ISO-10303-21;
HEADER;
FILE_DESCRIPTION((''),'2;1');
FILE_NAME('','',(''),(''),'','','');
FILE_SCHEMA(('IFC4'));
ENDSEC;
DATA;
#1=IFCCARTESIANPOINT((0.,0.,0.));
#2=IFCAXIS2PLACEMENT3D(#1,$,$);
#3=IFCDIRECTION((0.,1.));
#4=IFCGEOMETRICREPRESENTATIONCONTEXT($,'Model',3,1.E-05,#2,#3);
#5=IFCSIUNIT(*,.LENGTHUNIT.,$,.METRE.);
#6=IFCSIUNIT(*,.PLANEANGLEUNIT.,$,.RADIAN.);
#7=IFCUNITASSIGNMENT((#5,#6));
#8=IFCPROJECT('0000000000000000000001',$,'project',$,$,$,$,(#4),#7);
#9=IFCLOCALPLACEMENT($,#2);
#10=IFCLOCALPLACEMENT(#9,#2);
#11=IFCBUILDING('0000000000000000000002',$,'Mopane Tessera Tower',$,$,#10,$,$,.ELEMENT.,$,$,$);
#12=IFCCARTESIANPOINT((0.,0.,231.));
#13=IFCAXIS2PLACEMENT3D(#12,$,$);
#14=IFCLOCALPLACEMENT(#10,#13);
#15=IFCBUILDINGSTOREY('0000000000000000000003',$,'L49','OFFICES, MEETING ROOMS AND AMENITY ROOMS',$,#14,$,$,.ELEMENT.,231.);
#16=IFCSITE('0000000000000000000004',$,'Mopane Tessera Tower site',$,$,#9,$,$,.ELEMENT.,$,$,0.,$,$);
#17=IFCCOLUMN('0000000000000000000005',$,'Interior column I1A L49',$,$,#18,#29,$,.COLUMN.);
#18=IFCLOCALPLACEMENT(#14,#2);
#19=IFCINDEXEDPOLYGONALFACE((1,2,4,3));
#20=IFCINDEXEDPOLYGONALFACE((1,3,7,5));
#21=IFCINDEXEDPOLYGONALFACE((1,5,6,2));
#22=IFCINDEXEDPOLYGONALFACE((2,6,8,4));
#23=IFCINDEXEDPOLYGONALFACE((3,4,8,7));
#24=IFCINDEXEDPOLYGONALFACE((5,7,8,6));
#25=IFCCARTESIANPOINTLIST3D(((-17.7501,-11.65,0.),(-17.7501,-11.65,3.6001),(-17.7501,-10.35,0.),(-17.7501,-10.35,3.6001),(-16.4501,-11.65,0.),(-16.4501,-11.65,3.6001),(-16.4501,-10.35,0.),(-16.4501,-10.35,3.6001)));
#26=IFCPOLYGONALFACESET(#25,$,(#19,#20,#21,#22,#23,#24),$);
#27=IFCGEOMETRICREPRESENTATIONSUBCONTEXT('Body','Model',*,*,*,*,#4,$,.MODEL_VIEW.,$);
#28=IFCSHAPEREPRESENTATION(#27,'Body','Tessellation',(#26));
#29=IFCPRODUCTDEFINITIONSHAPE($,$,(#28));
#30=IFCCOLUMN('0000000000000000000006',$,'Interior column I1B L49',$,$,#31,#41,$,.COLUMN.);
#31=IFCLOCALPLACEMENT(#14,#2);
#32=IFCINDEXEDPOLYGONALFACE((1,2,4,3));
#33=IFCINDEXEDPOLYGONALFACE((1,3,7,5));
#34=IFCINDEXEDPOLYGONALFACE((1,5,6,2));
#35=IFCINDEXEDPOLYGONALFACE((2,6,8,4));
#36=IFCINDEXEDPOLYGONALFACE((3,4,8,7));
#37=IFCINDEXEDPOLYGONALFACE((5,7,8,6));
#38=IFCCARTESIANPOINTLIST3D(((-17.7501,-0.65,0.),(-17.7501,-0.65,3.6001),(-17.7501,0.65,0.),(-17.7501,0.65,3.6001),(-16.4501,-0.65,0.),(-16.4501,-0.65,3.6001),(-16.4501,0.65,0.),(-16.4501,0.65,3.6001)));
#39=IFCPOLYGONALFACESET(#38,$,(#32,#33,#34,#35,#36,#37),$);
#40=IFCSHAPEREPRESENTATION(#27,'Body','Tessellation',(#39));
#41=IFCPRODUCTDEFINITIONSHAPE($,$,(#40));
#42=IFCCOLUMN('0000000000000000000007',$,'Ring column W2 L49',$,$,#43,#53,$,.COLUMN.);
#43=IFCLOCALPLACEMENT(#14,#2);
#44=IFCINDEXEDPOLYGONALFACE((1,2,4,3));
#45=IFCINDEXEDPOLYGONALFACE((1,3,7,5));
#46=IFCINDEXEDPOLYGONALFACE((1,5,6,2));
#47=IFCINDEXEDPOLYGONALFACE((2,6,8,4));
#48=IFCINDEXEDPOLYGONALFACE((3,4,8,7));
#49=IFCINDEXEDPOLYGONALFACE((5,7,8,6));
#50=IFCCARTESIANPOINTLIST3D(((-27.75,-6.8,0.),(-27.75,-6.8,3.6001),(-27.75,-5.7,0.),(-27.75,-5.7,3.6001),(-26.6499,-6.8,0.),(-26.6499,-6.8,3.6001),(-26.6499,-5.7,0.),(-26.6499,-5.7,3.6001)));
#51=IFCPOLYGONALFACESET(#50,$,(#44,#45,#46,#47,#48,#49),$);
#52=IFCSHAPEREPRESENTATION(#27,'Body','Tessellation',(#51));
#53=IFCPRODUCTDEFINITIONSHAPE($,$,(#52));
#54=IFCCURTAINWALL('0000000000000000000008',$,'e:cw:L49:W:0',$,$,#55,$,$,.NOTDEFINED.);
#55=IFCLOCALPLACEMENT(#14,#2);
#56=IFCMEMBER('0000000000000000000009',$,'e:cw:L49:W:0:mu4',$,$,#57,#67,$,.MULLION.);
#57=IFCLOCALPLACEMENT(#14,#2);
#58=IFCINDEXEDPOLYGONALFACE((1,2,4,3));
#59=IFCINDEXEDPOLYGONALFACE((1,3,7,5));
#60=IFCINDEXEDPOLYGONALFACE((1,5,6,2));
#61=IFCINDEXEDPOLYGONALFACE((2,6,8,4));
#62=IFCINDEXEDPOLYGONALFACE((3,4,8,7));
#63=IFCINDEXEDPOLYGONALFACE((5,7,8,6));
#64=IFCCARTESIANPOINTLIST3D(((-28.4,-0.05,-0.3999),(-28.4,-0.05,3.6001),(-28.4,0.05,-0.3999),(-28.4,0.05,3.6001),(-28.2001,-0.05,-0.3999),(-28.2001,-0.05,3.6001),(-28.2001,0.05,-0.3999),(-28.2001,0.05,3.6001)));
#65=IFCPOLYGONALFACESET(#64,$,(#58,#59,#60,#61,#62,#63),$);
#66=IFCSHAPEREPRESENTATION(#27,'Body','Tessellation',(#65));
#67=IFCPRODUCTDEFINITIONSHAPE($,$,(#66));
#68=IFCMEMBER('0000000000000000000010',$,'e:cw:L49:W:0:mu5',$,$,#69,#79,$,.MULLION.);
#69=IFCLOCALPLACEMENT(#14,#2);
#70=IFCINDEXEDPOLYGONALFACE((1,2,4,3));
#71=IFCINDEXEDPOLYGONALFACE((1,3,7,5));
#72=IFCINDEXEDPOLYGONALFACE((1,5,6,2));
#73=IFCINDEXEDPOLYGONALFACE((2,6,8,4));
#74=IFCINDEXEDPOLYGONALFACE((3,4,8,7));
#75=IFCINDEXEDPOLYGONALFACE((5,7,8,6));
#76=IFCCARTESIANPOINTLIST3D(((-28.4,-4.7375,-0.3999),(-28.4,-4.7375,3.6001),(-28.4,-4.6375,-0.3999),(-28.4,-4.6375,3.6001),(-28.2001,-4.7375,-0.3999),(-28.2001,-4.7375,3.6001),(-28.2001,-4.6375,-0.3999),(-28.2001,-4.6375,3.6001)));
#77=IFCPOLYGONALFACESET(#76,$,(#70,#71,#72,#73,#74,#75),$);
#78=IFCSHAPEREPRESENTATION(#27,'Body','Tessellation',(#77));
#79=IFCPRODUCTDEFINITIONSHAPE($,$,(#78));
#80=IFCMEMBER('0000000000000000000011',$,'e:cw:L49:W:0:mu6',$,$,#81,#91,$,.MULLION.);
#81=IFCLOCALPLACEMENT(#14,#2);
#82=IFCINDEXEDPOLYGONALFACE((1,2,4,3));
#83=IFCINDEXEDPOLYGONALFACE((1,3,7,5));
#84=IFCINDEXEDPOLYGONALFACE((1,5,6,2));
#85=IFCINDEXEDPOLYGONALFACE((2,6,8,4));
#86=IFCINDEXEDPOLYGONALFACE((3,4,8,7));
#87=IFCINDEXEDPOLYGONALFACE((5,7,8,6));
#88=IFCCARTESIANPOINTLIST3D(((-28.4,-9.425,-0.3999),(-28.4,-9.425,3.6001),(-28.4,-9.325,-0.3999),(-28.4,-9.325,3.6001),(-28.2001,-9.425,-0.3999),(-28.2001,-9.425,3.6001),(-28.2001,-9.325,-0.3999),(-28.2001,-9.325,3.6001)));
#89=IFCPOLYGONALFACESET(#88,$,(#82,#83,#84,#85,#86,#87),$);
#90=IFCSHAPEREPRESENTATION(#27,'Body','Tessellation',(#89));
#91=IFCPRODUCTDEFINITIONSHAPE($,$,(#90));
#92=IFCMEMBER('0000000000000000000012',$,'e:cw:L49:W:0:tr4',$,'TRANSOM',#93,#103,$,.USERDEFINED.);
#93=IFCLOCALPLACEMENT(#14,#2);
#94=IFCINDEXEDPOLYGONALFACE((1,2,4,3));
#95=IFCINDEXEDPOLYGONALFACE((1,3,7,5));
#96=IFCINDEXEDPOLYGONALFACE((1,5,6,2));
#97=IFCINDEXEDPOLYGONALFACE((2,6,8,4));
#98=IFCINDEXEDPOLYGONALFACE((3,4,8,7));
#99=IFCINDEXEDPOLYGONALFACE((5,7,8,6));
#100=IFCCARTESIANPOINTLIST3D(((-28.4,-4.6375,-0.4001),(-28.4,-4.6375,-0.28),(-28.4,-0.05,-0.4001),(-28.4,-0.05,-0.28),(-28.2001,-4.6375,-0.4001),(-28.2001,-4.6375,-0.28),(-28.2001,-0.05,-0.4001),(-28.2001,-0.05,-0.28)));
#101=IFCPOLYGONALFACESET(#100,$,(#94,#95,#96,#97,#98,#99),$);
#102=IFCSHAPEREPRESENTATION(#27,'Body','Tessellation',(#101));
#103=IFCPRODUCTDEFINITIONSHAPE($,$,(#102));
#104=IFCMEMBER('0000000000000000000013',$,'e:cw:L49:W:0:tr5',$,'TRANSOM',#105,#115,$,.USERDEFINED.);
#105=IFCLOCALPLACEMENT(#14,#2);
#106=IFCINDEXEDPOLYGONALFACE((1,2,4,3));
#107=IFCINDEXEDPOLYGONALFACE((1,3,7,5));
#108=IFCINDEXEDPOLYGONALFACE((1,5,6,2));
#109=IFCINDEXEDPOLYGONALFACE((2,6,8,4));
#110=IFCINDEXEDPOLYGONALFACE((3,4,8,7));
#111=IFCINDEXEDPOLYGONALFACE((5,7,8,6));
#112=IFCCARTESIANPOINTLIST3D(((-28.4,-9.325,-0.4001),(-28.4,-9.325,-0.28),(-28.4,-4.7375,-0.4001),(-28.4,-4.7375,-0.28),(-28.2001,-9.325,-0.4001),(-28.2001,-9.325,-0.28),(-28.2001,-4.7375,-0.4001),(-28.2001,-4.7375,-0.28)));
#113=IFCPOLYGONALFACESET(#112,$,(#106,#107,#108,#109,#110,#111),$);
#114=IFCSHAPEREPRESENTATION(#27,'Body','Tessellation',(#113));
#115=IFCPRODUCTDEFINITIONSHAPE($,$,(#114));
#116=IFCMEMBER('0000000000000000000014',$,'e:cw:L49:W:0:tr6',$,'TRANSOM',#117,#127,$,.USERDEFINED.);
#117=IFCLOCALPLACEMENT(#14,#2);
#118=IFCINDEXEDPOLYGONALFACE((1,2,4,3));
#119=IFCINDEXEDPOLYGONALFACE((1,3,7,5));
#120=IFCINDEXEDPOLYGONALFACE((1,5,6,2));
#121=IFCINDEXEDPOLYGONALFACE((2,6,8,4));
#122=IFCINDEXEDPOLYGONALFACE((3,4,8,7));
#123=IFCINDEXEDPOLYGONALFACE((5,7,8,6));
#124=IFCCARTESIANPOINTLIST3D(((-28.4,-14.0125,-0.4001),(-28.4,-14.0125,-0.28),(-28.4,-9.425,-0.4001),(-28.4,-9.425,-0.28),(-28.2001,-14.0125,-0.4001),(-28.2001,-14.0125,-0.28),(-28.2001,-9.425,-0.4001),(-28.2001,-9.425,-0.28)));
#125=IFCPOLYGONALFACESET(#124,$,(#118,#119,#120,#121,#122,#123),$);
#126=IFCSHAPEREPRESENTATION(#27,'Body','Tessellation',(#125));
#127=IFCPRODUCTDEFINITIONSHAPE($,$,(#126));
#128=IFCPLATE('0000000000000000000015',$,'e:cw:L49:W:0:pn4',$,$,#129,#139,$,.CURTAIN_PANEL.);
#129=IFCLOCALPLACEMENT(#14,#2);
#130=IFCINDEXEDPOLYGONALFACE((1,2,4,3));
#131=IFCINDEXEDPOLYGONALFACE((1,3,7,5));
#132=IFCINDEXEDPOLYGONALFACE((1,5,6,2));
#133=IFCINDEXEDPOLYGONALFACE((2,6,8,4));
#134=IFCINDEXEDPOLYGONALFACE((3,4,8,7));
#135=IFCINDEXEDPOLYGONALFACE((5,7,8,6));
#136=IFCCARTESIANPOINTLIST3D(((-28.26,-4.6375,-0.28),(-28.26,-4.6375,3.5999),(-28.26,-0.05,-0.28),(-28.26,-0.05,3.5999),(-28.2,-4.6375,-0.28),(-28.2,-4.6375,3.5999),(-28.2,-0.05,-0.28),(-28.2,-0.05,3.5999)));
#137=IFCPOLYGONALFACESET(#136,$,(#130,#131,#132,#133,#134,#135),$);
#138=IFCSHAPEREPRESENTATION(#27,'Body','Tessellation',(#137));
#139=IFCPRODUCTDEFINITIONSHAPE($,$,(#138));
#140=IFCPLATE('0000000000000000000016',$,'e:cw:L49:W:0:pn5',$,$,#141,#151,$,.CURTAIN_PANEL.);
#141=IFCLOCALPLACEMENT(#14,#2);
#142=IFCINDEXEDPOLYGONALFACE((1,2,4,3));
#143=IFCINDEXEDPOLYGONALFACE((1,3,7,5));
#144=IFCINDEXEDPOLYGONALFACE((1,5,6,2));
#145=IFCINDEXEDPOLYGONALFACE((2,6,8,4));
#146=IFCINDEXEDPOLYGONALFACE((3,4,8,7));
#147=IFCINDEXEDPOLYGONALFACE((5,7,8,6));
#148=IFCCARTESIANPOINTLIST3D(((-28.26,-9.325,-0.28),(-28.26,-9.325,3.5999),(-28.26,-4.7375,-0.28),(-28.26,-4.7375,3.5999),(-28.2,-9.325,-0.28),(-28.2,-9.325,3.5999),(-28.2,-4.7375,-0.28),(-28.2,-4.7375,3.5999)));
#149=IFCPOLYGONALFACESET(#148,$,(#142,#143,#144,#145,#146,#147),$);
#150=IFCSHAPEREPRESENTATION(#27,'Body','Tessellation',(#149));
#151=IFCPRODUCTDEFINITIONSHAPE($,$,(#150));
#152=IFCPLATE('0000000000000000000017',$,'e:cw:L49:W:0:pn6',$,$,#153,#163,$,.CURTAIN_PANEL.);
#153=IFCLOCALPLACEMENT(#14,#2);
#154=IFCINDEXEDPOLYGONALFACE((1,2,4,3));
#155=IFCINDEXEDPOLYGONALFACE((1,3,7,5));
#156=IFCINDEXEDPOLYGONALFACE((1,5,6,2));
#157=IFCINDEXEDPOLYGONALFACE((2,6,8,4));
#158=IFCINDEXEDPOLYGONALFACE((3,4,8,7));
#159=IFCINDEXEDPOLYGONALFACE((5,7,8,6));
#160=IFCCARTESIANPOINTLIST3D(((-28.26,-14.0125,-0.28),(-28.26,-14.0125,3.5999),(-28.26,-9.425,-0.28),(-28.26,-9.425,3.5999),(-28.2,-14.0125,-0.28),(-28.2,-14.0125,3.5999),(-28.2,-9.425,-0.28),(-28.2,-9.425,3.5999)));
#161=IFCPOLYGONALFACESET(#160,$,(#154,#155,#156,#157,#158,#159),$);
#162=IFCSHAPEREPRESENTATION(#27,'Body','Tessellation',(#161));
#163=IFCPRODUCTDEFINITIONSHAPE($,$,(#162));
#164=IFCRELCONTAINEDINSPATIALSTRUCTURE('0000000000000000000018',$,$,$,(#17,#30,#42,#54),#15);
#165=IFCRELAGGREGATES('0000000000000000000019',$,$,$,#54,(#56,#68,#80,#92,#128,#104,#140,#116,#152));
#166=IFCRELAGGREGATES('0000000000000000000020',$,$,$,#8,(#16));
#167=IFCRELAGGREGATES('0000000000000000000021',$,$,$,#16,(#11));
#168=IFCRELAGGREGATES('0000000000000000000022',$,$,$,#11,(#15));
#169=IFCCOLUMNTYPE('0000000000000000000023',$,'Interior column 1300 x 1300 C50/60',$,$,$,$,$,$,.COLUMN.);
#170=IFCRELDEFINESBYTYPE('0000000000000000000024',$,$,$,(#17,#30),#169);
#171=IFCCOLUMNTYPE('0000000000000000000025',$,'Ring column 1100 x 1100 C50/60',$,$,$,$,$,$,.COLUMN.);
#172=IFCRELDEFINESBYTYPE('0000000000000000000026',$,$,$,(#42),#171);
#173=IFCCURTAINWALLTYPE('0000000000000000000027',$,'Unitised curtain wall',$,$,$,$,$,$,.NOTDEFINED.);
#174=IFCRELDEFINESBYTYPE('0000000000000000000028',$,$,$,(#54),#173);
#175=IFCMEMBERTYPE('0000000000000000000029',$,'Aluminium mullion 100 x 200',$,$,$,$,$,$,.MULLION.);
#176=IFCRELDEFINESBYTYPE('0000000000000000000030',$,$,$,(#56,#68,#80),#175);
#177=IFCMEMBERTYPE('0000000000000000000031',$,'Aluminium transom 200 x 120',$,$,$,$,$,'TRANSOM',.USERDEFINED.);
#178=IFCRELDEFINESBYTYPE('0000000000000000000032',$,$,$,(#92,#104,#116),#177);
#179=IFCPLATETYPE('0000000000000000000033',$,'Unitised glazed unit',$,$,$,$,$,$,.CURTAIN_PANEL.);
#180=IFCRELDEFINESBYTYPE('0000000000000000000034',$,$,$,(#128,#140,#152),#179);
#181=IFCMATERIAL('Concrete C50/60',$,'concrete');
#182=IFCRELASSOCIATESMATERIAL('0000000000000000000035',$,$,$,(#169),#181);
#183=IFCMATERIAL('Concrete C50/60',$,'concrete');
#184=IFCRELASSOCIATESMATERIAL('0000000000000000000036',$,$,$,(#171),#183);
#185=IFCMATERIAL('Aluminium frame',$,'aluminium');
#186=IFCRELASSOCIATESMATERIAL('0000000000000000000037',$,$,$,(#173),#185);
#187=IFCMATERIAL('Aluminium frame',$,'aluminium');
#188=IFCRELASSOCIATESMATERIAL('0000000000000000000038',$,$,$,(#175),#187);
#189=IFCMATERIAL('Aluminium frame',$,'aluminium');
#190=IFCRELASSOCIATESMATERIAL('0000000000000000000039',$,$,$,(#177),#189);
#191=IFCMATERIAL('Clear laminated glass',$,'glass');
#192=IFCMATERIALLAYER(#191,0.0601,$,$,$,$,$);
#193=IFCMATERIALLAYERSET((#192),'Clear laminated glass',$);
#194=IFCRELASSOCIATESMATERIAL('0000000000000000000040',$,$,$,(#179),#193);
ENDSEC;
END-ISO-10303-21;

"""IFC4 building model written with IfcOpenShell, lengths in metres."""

from ifc_helpers import new_model, si_unit, direction, frame, origin, origin_2d, place, context, subcontext, project, spatial, rectangle, extrude, material, layer, layer_set, material_profile, profile_set, type_object, element, aggregate, save


model = new_model("IFC4")

# Units and contexts
model_context = context("Model", 3, precision=1e-05, world=origin(), true_north=direction((0.0, 1.0)))
body_context = subcontext(model_context, "Body", "Model", "MODEL_VIEW")
ifc_project = project(units=[si_unit("LENGTHUNIT", "METRE"), si_unit("PLANEANGLEUNIT", "RADIAN")], contexts=[model_context])

# Site, building, storey
site_placement = place(None, origin())
site = spatial("IfcSite", under=ifc_project, at=site_placement, Name="Mopane Tessera Tower site", CompositionType="ELEMENT", RefElevation=0.0)
building_placement = place(site_placement, origin())
building = spatial("IfcBuilding", under=site, at=building_placement, Name="Mopane Tessera Tower", CompositionType="ELEMENT")
storey_placement = place(building_placement, frame((0.0, 0.0, 231.0)))
storey = spatial("IfcBuildingStorey", under=building, at=storey_placement, Name="L49", Description="OFFICES, MEETING ROOMS AND AMENITY ROOMS", CompositionType="ELEMENT", Elevation=231.0)

# Columns
ifc_material_1 = material(Name="Concrete C50/60", Category="concrete")
ifc_material_profile_1 = material_profile(ifc_material_1, rectangle(XDim=1.3, YDim=1.3, at=origin_2d()))
ifc_profile_set_1 = profile_set([ifc_material_profile_1], Name="Concrete C50/60")
column_type_1 = type_object("IfcColumnType", Name="Interior column 1300 x 1300 C50/60", PredefinedType="COLUMN", material=ifc_profile_set_1)
for number, where, z_axis, x_axis, name in (
    (1, (-17.1001, -11.0, 0.0), (0.0, 0.0, 1.0), (1.0, 0.0, 0.0), "Interior column I1A L49"),
    (2, (-17.1001, 0.0, 0.0), (0.0, 0.0, 1.0), (1.0, 0.0, 0.0), "Interior column I1B L49"),
):
    element("IfcColumn", number, at=place(storey_placement, frame(where, z_axis=z_axis, x_axis=x_axis)), inside=storey, type_object=column_type_1, Name=name, PredefinedType="COLUMN", context=body_context, shape_type="SweptSolid", body=[
        extrude(rectangle(XDim=1.3, YDim=1.3, at=origin_2d()), origin(), (0.0, 0.0, 1.0), 3.6001),
    ])
ifc_material_2 = material(Name="Concrete C50/60", Category="concrete")
ifc_material_profile_2 = material_profile(ifc_material_2, rectangle(XDim=1.1001, YDim=1.1001, at=origin_2d()))
ifc_profile_set_2 = profile_set([ifc_material_profile_2], Name="Concrete C50/60")
column_type_2 = type_object("IfcColumnType", Name="Ring column 1100 x 1100 C50/60", PredefinedType="COLUMN", material=ifc_profile_set_2)
column_placement = place(storey_placement, frame((-27.2, -6.25, 0.0), z_axis=(0.0, 0.0, 1.0), x_axis=(1.0, 0.0, 0.0)))
element("IfcColumn", 3, at=column_placement, inside=storey, type_object=column_type_2, Name="Ring column W2 L49", PredefinedType="COLUMN", context=body_context, shape_type="SweptSolid", body=[
    extrude(rectangle(XDim=1.1001, YDim=1.1001, at=origin_2d()), origin(), (0.0, 0.0, 1.0), 3.6001),
])

# Curtain wall, members, plates
ifc_material_3 = material(Name="Aluminium frame", Category="aluminium")
curtain_wall_type = type_object("IfcCurtainWallType", Name="Unitised curtain wall", PredefinedType="NOTDEFINED", material=ifc_material_3)
curtain_wall_placement = place(storey_placement, origin())
curtain_wall = element("IfcCurtainWall", 4, at=curtain_wall_placement, inside=storey, type_object=curtain_wall_type, Name="e:cw:L49:W:0", PredefinedType="NOTDEFINED")
ifc_material_4 = material(Name="Aluminium frame", Category="aluminium")
ifc_material_profile_3 = material_profile(ifc_material_4, rectangle(XDim=0.1001, YDim=0.2, at=origin_2d()))
ifc_profile_set_3 = profile_set([ifc_material_profile_3], Name="Aluminium frame")
member_type_1 = type_object("IfcMemberType", Name="Aluminium mullion 100 x 200", PredefinedType="MULLION", material=ifc_profile_set_3)
member_1_placement = place(storey_placement, frame((-28.3, 0.0, -0.3999), z_axis=(0.0, 0.0, 1.0), x_axis=(0.0, -1.0, 0.0)))
member_1 = element("IfcMember", 5, at=member_1_placement, type_object=member_type_1, Name="e:cw:L49:W:0:mu4", PredefinedType="MULLION", context=body_context, shape_type="SweptSolid", body=[
    extrude(rectangle(XDim=0.1001, YDim=0.2, at=origin_2d()), origin(), (0.0, 0.0, 1.0), 4.0),
])
member_2_placement = place(storey_placement, frame((-28.3, -4.6875, -0.3999), z_axis=(0.0, 0.0, 1.0), x_axis=(0.0, -1.0, 0.0)))
member_2 = element("IfcMember", 6, at=member_2_placement, type_object=member_type_1, Name="e:cw:L49:W:0:mu5", PredefinedType="MULLION", context=body_context, shape_type="SweptSolid", body=[
    extrude(rectangle(XDim=0.1001, YDim=0.2, at=origin_2d()), origin(), (0.0, 0.0, 1.0), 4.0),
])
member_3_placement = place(storey_placement, frame((-28.3, -9.375, -0.3999), z_axis=(0.0, 0.0, 1.0), x_axis=(0.0, -1.0, 0.0)))
member_3 = element("IfcMember", 7, at=member_3_placement, type_object=member_type_1, Name="e:cw:L49:W:0:mu6", PredefinedType="MULLION", context=body_context, shape_type="SweptSolid", body=[
    extrude(rectangle(XDim=0.1001, YDim=0.2, at=origin_2d()), origin(), (0.0, 0.0, 1.0), 4.0),
])
ifc_material_5 = material(Name="Aluminium frame", Category="aluminium")
ifc_material_profile_4 = material_profile(ifc_material_5, rectangle(XDim=0.2, YDim=0.1201, at=origin_2d()))
ifc_profile_set_4 = profile_set([ifc_material_profile_4], Name="Aluminium frame")
member_type_2 = type_object("IfcMemberType", Name="Aluminium transom 200 x 120", ElementType="TRANSOM", PredefinedType="USERDEFINED", material=ifc_profile_set_4)
member_4_placement = place(storey_placement, frame((-28.3, -0.05, -0.3401), z_axis=(0.0, -1.0, 0.0), x_axis=(1.0, 0.0, 0.0)))
member_4 = element("IfcMember", 8, at=member_4_placement, type_object=member_type_2, Name="e:cw:L49:W:0:tr4", ObjectType="TRANSOM", PredefinedType="USERDEFINED", context=body_context, shape_type="SweptSolid", body=[
    extrude(rectangle(XDim=0.2, YDim=0.1201, at=origin_2d()), origin(), (0.0, 0.0, 1.0), 4.5874),
])
member_5_placement = place(storey_placement, frame((-28.3, -4.7375, -0.3401), z_axis=(0.0, -1.0, 0.0), x_axis=(1.0, 0.0, 0.0)))
member_5 = element("IfcMember", 9, at=member_5_placement, type_object=member_type_2, Name="e:cw:L49:W:0:tr5", ObjectType="TRANSOM", PredefinedType="USERDEFINED", context=body_context, shape_type="SweptSolid", body=[
    extrude(rectangle(XDim=0.2, YDim=0.1201, at=origin_2d()), origin(), (0.0, 0.0, 1.0), 4.5874),
])
member_6_placement = place(storey_placement, frame((-28.3, -9.425, -0.3401), z_axis=(0.0, -1.0, 0.0), x_axis=(1.0, 0.0, 0.0)))
member_6 = element("IfcMember", 10, at=member_6_placement, type_object=member_type_2, Name="e:cw:L49:W:0:tr6", ObjectType="TRANSOM", PredefinedType="USERDEFINED", context=body_context, shape_type="SweptSolid", body=[
    extrude(rectangle(XDim=0.2, YDim=0.1201, at=origin_2d()), origin(), (0.0, 0.0, 1.0), 4.5874),
])
ifc_material_6 = material(Name="Clear laminated glass", Category="glass")
ifc_layer_1 = layer(ifc_material_6, 0.0601)
ifc_layer_set_1 = layer_set([ifc_layer_1], Name="Clear laminated glass")
plate_type = type_object("IfcPlateType", Name="Unitised glazed unit", PredefinedType="CURTAIN_PANEL", material=ifc_layer_set_1)
plate_1_placement = place(storey_placement, frame((-28.23, -2.3438, -0.28), z_axis=(0.0, 0.0, 1.0), x_axis=(0.0, -1.0, 0.0)))
plate_1 = element("IfcPlate", 11, at=plate_1_placement, type_object=plate_type, Name="e:cw:L49:W:0:pn4", PredefinedType="CURTAIN_PANEL", context=body_context, shape_type="SweptSolid", body=[
    extrude(rectangle(XDim=4.5874, YDim=0.0601, at=origin_2d()), origin(), (0.0, 0.0, 1.0), 3.8799),
])
plate_2_placement = place(storey_placement, frame((-28.23, -7.0312, -0.28), z_axis=(0.0, 0.0, 1.0), x_axis=(0.0, -1.0, 0.0)))
plate_2 = element("IfcPlate", 12, at=plate_2_placement, type_object=plate_type, Name="e:cw:L49:W:0:pn5", PredefinedType="CURTAIN_PANEL", context=body_context, shape_type="SweptSolid", body=[
    extrude(rectangle(XDim=4.5874, YDim=0.0601, at=origin_2d()), origin(), (0.0, 0.0, 1.0), 3.8799),
])
plate_3_placement = place(storey_placement, frame((-28.23, -11.7188, -0.28), z_axis=(0.0, 0.0, 1.0), x_axis=(0.0, -1.0, 0.0)))
plate_3 = element("IfcPlate", 13, at=plate_3_placement, type_object=plate_type, Name="e:cw:L49:W:0:pn6", PredefinedType="CURTAIN_PANEL", context=body_context, shape_type="SweptSolid", body=[
    extrude(rectangle(XDim=4.5874, YDim=0.0601, at=origin_2d()), origin(), (0.0, 0.0, 1.0), 3.8799),
])
aggregate(curtain_wall, [member_1, member_2, member_3, member_4, plate_1, member_5, plate_2, member_6, plate_3])

save(model, "model.ifc")
